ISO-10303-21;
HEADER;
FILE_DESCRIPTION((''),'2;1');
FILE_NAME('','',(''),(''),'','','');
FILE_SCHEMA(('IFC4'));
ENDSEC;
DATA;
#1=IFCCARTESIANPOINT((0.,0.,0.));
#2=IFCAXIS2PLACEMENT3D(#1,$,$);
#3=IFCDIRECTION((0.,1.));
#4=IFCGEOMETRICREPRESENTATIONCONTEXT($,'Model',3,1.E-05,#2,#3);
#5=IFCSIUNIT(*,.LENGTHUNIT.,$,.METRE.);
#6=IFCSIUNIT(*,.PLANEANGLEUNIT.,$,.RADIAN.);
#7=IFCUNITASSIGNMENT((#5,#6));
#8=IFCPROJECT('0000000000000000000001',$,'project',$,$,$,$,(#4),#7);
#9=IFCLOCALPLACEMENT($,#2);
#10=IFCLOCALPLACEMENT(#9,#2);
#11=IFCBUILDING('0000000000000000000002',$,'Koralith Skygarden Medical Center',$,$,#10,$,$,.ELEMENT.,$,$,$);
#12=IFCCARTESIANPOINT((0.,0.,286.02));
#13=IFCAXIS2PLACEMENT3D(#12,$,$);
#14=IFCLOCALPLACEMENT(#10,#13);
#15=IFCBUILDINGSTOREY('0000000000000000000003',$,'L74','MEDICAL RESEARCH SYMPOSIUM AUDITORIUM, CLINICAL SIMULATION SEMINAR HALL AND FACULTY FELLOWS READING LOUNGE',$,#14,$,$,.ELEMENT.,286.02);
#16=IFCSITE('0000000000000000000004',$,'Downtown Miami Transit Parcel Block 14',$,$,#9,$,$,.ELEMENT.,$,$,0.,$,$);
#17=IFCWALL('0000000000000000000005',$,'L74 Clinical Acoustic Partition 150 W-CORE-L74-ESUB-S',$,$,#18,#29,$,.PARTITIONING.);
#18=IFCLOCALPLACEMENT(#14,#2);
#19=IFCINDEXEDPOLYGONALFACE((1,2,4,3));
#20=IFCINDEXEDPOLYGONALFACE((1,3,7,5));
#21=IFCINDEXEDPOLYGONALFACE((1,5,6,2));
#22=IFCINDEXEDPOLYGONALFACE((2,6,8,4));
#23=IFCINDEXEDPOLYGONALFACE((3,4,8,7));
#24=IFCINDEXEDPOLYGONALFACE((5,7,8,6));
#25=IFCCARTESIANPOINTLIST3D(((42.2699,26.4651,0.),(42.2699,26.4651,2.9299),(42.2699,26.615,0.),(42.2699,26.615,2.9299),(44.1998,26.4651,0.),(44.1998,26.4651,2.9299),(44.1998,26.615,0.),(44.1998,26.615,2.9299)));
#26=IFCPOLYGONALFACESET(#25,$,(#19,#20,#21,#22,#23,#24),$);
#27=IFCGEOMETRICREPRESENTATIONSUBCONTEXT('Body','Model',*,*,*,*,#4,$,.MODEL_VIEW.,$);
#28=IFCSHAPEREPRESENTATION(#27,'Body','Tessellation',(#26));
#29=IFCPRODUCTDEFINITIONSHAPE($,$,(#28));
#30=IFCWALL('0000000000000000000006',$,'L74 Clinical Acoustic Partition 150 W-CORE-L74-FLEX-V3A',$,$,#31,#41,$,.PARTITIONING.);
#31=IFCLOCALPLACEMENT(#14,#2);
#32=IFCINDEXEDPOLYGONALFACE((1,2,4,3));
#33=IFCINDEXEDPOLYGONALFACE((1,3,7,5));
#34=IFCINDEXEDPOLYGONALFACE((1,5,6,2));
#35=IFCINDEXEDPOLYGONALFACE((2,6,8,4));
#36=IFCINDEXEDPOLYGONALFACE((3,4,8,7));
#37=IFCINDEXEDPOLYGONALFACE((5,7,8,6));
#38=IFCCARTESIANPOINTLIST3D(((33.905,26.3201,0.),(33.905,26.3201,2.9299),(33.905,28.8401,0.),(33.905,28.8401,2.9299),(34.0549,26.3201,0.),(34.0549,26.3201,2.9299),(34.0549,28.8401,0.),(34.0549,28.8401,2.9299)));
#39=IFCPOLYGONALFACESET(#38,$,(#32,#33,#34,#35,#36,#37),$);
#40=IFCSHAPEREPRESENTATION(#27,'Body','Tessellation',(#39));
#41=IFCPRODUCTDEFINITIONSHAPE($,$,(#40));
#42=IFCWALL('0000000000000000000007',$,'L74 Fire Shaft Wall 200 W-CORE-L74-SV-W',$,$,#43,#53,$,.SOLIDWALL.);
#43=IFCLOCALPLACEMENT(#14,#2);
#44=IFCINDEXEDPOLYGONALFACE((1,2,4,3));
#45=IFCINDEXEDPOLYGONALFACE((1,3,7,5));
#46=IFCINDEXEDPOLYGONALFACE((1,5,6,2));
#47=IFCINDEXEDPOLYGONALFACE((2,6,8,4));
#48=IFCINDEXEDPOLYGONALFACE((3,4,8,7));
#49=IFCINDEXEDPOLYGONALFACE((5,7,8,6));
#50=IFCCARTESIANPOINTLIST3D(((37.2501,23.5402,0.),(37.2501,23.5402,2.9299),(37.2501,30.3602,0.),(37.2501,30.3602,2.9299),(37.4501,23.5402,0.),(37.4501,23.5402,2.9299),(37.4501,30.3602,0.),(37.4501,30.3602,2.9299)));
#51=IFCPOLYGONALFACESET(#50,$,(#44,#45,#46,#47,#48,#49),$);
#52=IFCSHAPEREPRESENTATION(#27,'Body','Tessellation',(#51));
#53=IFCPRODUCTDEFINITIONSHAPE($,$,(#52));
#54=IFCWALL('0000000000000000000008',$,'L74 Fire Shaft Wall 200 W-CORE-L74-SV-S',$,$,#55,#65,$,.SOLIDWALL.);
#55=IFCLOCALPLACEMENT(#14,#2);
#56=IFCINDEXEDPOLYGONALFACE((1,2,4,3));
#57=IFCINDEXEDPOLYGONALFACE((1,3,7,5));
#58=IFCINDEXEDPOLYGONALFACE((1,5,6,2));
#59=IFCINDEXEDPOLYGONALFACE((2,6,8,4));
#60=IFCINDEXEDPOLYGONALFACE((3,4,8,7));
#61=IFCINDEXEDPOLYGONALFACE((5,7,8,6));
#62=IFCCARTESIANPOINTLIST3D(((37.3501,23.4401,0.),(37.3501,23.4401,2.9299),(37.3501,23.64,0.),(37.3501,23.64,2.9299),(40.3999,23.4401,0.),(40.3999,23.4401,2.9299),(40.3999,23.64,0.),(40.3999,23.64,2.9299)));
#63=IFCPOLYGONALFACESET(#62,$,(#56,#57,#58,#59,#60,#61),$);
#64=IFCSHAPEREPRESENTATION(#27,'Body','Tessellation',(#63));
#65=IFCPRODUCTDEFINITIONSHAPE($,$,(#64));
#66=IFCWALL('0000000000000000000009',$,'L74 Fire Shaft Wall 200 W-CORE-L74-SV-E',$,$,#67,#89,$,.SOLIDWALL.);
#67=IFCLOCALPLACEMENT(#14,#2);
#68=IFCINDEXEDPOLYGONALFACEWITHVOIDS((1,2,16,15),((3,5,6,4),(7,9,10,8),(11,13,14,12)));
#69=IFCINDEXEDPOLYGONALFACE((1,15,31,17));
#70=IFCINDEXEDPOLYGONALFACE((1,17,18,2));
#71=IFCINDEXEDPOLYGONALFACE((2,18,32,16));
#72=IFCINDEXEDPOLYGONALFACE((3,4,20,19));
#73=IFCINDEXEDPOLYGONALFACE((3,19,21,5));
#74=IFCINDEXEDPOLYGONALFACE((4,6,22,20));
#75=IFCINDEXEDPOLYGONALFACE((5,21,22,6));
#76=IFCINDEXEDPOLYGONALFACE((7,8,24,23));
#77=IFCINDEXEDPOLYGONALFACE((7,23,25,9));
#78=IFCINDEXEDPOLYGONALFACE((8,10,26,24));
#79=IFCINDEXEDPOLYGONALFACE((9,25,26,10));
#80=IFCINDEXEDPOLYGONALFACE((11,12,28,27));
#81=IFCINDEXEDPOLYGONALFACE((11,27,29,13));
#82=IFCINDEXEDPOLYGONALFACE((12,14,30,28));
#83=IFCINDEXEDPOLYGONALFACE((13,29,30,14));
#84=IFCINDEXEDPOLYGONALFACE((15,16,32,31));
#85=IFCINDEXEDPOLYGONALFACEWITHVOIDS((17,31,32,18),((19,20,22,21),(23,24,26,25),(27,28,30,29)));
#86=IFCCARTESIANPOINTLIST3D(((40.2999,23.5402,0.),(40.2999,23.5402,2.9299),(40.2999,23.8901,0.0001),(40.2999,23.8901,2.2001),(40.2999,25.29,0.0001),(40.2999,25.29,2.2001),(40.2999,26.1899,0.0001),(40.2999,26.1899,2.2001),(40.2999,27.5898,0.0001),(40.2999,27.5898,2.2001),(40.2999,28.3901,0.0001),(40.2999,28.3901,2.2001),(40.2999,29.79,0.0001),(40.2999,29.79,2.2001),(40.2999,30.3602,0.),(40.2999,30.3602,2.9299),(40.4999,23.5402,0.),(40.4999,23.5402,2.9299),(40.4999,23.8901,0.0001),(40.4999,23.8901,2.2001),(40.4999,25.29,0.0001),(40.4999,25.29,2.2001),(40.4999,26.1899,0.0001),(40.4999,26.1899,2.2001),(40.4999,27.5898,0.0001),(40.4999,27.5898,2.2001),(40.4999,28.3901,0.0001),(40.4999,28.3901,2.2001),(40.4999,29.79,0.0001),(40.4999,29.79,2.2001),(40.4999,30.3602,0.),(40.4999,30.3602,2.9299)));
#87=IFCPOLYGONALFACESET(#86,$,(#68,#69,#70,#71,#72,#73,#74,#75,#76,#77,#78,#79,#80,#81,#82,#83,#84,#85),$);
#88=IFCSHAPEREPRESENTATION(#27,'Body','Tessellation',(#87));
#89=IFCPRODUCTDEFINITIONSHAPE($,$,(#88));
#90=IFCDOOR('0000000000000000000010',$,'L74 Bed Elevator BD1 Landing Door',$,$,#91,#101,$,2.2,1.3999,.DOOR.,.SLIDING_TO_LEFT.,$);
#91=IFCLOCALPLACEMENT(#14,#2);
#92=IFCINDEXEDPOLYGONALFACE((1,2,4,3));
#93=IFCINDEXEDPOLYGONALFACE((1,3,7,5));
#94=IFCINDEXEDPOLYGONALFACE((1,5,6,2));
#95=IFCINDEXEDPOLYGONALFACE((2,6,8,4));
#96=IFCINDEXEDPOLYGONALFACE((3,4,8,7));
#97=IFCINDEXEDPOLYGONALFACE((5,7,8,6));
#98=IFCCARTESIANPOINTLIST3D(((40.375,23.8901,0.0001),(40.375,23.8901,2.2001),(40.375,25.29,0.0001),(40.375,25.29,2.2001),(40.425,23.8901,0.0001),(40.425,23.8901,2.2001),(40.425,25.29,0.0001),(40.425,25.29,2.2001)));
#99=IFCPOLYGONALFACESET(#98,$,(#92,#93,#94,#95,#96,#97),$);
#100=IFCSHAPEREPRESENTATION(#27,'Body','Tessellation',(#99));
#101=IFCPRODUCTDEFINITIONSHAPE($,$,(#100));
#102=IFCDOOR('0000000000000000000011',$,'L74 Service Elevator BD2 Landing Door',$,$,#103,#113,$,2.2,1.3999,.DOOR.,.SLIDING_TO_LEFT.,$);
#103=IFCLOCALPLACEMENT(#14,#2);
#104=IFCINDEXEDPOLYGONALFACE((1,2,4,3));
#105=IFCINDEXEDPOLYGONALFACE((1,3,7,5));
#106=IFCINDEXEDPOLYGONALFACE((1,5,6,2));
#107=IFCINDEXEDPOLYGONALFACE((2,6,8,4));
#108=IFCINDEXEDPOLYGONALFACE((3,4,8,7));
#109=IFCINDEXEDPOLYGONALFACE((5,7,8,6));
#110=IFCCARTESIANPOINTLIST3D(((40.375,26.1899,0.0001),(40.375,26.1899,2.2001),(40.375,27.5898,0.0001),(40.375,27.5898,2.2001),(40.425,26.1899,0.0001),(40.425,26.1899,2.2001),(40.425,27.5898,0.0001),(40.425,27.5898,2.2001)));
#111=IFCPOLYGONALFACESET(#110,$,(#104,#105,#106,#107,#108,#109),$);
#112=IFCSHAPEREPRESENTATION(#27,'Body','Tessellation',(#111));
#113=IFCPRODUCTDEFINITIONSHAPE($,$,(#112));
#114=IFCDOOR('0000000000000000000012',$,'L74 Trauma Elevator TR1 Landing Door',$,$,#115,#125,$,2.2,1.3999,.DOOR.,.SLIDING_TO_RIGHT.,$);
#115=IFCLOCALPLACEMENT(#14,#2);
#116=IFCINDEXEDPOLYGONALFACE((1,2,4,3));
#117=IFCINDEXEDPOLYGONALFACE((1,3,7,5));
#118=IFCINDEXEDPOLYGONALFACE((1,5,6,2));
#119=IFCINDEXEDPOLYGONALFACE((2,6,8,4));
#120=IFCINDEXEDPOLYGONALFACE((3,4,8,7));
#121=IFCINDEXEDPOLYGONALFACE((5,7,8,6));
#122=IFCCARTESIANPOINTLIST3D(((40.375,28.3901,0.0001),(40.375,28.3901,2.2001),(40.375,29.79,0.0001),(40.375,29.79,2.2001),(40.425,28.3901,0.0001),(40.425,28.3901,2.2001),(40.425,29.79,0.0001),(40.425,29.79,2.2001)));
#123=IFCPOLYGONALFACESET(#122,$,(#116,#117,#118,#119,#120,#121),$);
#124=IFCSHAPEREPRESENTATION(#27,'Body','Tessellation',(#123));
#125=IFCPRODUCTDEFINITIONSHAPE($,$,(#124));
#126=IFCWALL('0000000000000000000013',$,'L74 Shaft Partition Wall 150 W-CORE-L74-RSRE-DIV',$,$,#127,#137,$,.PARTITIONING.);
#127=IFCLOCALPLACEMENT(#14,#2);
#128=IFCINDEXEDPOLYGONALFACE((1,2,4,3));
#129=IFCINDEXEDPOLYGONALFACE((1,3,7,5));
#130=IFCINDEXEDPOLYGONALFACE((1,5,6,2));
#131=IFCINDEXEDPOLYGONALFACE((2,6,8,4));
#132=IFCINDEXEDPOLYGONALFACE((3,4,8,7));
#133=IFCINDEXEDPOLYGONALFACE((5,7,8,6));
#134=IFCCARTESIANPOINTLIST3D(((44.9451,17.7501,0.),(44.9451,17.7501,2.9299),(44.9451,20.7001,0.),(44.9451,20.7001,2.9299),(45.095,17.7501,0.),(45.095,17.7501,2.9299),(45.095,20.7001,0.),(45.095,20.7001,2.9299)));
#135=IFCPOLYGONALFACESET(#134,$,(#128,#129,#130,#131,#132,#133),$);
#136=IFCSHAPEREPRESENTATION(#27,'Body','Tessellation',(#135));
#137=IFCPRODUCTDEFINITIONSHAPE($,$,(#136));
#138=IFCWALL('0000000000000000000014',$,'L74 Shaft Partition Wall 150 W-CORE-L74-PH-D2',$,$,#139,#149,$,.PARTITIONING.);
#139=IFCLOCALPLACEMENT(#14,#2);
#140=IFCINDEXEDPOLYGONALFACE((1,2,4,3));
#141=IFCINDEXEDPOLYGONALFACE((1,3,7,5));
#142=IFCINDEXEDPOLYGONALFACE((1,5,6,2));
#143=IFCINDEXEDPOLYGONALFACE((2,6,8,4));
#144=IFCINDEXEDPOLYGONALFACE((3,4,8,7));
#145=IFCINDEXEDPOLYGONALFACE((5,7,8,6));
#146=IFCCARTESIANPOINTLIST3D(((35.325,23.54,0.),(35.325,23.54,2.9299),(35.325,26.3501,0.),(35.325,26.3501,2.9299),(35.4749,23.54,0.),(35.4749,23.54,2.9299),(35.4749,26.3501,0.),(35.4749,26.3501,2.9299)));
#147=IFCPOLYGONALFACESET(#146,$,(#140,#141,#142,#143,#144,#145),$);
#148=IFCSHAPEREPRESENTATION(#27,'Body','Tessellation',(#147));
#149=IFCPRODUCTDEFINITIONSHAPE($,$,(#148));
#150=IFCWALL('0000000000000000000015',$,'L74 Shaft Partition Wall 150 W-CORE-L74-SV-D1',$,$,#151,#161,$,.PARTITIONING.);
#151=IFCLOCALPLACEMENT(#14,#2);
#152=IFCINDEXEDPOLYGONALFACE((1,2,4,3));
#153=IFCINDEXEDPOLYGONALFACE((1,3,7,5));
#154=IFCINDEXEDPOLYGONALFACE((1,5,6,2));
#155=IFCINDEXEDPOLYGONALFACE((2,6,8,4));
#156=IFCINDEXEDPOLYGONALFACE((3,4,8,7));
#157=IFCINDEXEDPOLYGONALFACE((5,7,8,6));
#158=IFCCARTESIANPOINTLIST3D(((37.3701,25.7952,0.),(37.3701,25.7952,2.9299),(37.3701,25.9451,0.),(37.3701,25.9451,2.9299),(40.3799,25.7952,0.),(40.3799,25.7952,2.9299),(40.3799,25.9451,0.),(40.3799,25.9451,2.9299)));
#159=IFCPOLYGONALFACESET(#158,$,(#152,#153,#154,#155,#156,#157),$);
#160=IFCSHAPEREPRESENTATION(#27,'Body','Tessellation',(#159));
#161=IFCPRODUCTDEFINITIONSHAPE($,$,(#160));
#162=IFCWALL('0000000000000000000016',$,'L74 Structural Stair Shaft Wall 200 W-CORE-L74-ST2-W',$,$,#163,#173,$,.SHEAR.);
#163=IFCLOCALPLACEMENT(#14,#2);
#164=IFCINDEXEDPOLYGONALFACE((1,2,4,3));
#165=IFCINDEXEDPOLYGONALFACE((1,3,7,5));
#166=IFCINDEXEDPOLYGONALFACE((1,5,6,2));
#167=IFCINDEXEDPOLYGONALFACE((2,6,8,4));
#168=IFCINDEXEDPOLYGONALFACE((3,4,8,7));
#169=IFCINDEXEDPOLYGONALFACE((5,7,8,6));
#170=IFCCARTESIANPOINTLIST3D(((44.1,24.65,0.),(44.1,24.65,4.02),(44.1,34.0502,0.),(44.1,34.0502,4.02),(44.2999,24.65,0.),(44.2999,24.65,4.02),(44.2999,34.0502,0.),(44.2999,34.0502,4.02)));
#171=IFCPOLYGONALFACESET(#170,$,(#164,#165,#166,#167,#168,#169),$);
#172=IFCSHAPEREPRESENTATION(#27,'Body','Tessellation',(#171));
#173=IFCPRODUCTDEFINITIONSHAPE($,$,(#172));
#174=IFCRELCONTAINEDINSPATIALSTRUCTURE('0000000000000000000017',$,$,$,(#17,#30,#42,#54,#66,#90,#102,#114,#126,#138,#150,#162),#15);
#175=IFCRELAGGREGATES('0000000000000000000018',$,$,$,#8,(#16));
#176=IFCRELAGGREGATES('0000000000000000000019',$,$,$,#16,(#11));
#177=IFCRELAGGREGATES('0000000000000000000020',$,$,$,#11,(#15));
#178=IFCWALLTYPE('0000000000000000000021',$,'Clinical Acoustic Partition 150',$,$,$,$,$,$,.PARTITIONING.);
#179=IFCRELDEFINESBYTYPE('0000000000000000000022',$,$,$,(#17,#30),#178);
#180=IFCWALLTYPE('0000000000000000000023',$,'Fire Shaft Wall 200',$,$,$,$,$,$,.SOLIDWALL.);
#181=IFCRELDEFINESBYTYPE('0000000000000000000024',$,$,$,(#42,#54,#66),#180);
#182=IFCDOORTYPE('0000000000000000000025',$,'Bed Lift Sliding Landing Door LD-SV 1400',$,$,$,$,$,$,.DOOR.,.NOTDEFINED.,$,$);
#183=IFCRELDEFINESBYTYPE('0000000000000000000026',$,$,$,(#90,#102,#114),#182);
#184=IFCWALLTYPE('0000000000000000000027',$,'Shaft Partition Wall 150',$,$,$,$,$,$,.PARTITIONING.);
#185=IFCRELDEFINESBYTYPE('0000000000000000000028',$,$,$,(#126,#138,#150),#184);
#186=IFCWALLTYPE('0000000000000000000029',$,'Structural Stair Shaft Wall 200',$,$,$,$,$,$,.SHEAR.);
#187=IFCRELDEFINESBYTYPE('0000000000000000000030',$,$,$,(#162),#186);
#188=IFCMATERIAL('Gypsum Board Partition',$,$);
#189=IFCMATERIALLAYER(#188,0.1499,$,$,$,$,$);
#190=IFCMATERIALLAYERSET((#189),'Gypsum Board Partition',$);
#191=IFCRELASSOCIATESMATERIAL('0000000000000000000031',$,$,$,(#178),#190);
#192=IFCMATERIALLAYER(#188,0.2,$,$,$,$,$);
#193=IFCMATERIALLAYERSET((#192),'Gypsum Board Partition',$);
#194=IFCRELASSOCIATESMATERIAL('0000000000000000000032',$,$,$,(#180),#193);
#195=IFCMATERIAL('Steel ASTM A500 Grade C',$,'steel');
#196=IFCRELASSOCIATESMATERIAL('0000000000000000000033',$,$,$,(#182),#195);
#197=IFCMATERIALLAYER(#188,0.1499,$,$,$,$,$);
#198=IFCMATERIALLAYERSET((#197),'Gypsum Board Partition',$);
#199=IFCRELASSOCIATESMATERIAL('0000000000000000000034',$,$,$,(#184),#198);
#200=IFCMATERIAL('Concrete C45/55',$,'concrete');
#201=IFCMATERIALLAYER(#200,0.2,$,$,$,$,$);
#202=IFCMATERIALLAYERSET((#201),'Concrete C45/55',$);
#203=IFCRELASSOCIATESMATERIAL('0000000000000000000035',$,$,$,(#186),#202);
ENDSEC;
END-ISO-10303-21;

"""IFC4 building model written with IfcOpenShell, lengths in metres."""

from ifc_helpers import new_model, si_unit, direction, frame, frame_2d, origin, place, context, subcontext, project, spatial, rectangle, extrude, material, layer, layer_set, type_object, element, fill, save


model = new_model("IFC4")

# Units and contexts
model_context = context("Model", 3, precision=1e-05, world=origin(), true_north=direction((0.0, 1.0)))
body_context = subcontext(model_context, "Body", "Model", "MODEL_VIEW")
ifc_project = project(units=[si_unit("LENGTHUNIT", "METRE"), si_unit("PLANEANGLEUNIT", "RADIAN")], contexts=[model_context])

# Site, building, storey
site_placement = place(None, origin())
site = spatial("IfcSite", under=ifc_project, at=site_placement, Name="Downtown Miami Transit Parcel Block 14", CompositionType="ELEMENT", RefElevation=0.0)
building_placement = place(site_placement, origin())
building = spatial("IfcBuilding", under=site, at=building_placement, Name="Koralith Skygarden Medical Center", CompositionType="ELEMENT")
storey_placement = place(building_placement, frame((0.0, 0.0, 286.02)))
storey = spatial("IfcBuildingStorey", under=building, at=storey_placement, Name="L74", Description="MEDICAL RESEARCH SYMPOSIUM AUDITORIUM, CLINICAL SIMULATION SEMINAR HALL AND FACULTY FELLOWS READING LOUNGE", CompositionType="ELEMENT", Elevation=286.02)

# Shared definitions
ifc_material_1 = material(Name="Gypsum Board Partition")
ifc_layer_1 = layer(ifc_material_1, 0.1499)
ifc_layer_set_1 = layer_set([ifc_layer_1], Name="Gypsum Board Partition")
wall_type_1 = type_object("IfcWallType", Name="Clinical Acoustic Partition 150", PredefinedType="PARTITIONING", material=ifc_layer_set_1)

# Walls
wall_1_placement = place(storey_placement, frame((42.27, 26.54, 0.0), z_axis=(0.0, 0.0, 1.0), x_axis=(1.0, 0.0, 0.0)))
element("IfcWall", 1, at=wall_1_placement, inside=storey, type_object=wall_type_1, Name="L74 Clinical Acoustic Partition 150 W-CORE-L74-ESUB-S", PredefinedType="PARTITIONING", context=body_context, shape_type="SweptSolid", body=[
    extrude(rectangle(XDim=1.9299, YDim=0.1499, at=frame_2d((0.9648, 0.0))), origin(), (0.0, 0.0, 1.0), 2.9299),
])
wall_2_placement = place(storey_placement, frame((33.98, 26.3201, 0.0), z_axis=(0.0, 0.0, 1.0), x_axis=(0.0, 1.0, 0.0)))
element("IfcWall", 2, at=wall_2_placement, inside=storey, type_object=wall_type_1, Name="L74 Clinical Acoustic Partition 150 W-CORE-L74-FLEX-V3A", PredefinedType="PARTITIONING", context=body_context, shape_type="SweptSolid", body=[
    extrude(rectangle(XDim=2.52, YDim=0.1499, at=frame_2d((1.26, 0.0))), origin(), (0.0, 0.0, 1.0), 2.9299),
])

# Shared definitions
ifc_layer_2 = layer(ifc_material_1, 0.2)
ifc_layer_set_2 = layer_set([ifc_layer_2], Name="Gypsum Board Partition")
wall_type_2 = type_object("IfcWallType", Name="Fire Shaft Wall 200", PredefinedType="SOLIDWALL", material=ifc_layer_set_2)
ifc_material_2 = material(Name="Steel ASTM A500 Grade C", Category="steel")

# Walls
wall_3_placement = place(storey_placement, frame((37.3501, 23.54, 0.0), z_axis=(0.0, 0.0, 1.0), x_axis=(0.0, 1.0, 0.0)))
element("IfcWall", 3, at=wall_3_placement, inside=storey, type_object=wall_type_2, Name="L74 Fire Shaft Wall 200 W-CORE-L74-SV-W", PredefinedType="SOLIDWALL", context=body_context, shape_type="SweptSolid", body=[
    extrude(rectangle(XDim=6.8201, YDim=0.2, at=frame_2d((3.4102, 0.0))), origin(), (0.0, 0.0, 1.0), 2.9299),
])
wall_4_placement = place(storey_placement, frame((37.3501, 23.54, 0.0), z_axis=(0.0, 0.0, 1.0), x_axis=(1.0, 0.0, 0.0)))
element("IfcWall", 4, at=wall_4_placement, inside=storey, type_object=wall_type_2, Name="L74 Fire Shaft Wall 200 W-CORE-L74-SV-S", PredefinedType="SOLIDWALL", context=body_context, shape_type="SweptSolid", body=[
    extrude(rectangle(XDim=3.0498, YDim=0.2, at=frame_2d((1.5249, 0.0))), origin(), (0.0, 0.0, 1.0), 2.9299),
])

# Wall, openings, doors
wall_5_placement = place(storey_placement, frame((40.3999, 23.54, 0.0), z_axis=(0.0, 0.0, 1.0), x_axis=(0.0, 1.0, 0.0)))
wall_5 = element("IfcWall", 5, at=wall_5_placement, inside=storey, type_object=wall_type_2, Name="L74 Fire Shaft Wall 200 W-CORE-L74-SV-E", PredefinedType="SOLIDWALL", context=body_context, shape_type="SweptSolid", body=[
    extrude(rectangle(XDim=6.8201, YDim=0.2, at=frame_2d((3.4102, 0.0))), origin(), (0.0, 0.0, 1.0), 2.9299),
])
opening_1_placement = place(wall_5_placement, frame((0.3501, 0.0, 0.0)))
opening_1 = element("IfcOpeningElement", 6, at=opening_1_placement, cuts=wall_5, PredefinedType="OPENING", context=body_context, shape_type="SweptSolid", body=[
    extrude(rectangle(XDim=1.3999, YDim=2.2, at=frame_2d((0.7, 1.1001))), frame((0.0, 0.1099, 0.0), z_axis=(0.0, -1.0, 0.0), x_axis=(1.0, 0.0, 0.0)), (0.0, 0.0, 1.0), 0.22),
])
opening_2_placement = place(wall_5_placement, frame((2.6499, 0.0, 0.0)))
opening_2 = element("IfcOpeningElement", 7, at=opening_2_placement, cuts=wall_5, PredefinedType="OPENING", context=body_context, shape_type="SweptSolid", body=[
    extrude(rectangle(XDim=1.3999, YDim=2.2, at=frame_2d((0.7, 1.1001))), frame((0.0, 0.1099, 0.0), z_axis=(0.0, -1.0, 0.0), x_axis=(1.0, 0.0, 0.0)), (0.0, 0.0, 1.0), 0.22),
])
opening_3_placement = place(wall_5_placement, frame((4.8501, 0.0, 0.0)))
opening_3 = element("IfcOpeningElement", 8, at=opening_3_placement, cuts=wall_5, PredefinedType="OPENING", context=body_context, shape_type="SweptSolid", body=[
    extrude(rectangle(XDim=1.3999, YDim=2.2, at=frame_2d((0.7, 1.1001))), frame((0.0, 0.1099, 0.0), z_axis=(0.0, -1.0, 0.0), x_axis=(1.0, 0.0, 0.0)), (0.0, 0.0, 1.0), 0.22),
])
door_type_1 = type_object("IfcDoorType", Name="Bed Lift Sliding Landing Door LD-SV 1400", OperationType="NOTDEFINED", PredefinedType="DOOR", material=ifc_material_2)
door_1_placement = place(opening_1_placement, origin())
door_1 = element("IfcDoor", 9, at=door_1_placement, inside=storey, type_object=door_type_1, Name="L74 Bed Elevator BD1 Landing Door", OperationType="SLIDING_TO_LEFT", OverallHeight=2.2, OverallWidth=1.3999, PredefinedType="DOOR", context=body_context, shape_type="SweptSolid", body=[
    extrude(rectangle(XDim=1.3999, YDim=2.2, at=frame_2d((0.7, 1.1001))), frame((0.0, 0.0249, 0.0), z_axis=(0.0, -1.0, 0.0), x_axis=(1.0, 0.0, 0.0)), (0.0, 0.0, 1.0), 0.05),
])
fill(opening_1, door_1)
door_2_placement = place(opening_2_placement, origin())
door_2 = element("IfcDoor", 10, at=door_2_placement, inside=storey, type_object=door_type_1, Name="L74 Service Elevator BD2 Landing Door", OperationType="SLIDING_TO_LEFT", OverallHeight=2.2, OverallWidth=1.3999, PredefinedType="DOOR", context=body_context, shape_type="SweptSolid", body=[
    extrude(rectangle(XDim=1.3999, YDim=2.2, at=frame_2d((0.7, 1.1001))), frame((0.0, 0.0249, 0.0), z_axis=(0.0, -1.0, 0.0), x_axis=(1.0, 0.0, 0.0)), (0.0, 0.0, 1.0), 0.05),
])
fill(opening_2, door_2)
door_3_placement = place(opening_3_placement, origin())
door_3 = element("IfcDoor", 11, at=door_3_placement, inside=storey, type_object=door_type_1, Name="L74 Trauma Elevator TR1 Landing Door", OperationType="SLIDING_TO_RIGHT", OverallHeight=2.2, OverallWidth=1.3999, PredefinedType="DOOR", context=body_context, shape_type="SweptSolid", body=[
    extrude(rectangle(XDim=1.3999, YDim=2.2, at=frame_2d((0.7, 1.1001))), frame((0.0, 0.0249, 0.0), z_axis=(0.0, -1.0, 0.0), x_axis=(1.0, 0.0, 0.0)), (0.0, 0.0, 1.0), 0.05),
])
fill(opening_3, door_3)

# Walls
ifc_layer_3 = layer(ifc_material_1, 0.1499)
ifc_layer_set_3 = layer_set([ifc_layer_3], Name="Gypsum Board Partition")
wall_type_3 = type_object("IfcWallType", Name="Shaft Partition Wall 150", PredefinedType="PARTITIONING", material=ifc_layer_set_3)
wall_6_placement = place(storey_placement, frame((45.02, 17.75, 0.0), z_axis=(0.0, 0.0, 1.0), x_axis=(0.0, 1.0, 0.0)))
element("IfcWall", 12, at=wall_6_placement, inside=storey, type_object=wall_type_3, Name="L74 Shaft Partition Wall 150 W-CORE-L74-RSRE-DIV", PredefinedType="PARTITIONING", context=body_context, shape_type="SweptSolid", body=[
    extrude(rectangle(XDim=2.95, YDim=0.1499, at=frame_2d((1.4751, 0.0))), origin(), (0.0, 0.0, 1.0), 2.9299),
])
wall_7_placement = place(storey_placement, frame((35.3999, 23.54, 0.0), z_axis=(0.0, 0.0, 1.0), x_axis=(0.0, 1.0, 0.0)))
element("IfcWall", 13, at=wall_7_placement, inside=storey, type_object=wall_type_3, Name="L74 Shaft Partition Wall 150 W-CORE-L74-PH-D2", PredefinedType="PARTITIONING", context=body_context, shape_type="SweptSolid", body=[
    extrude(rectangle(XDim=2.8101, YDim=0.1499, at=frame_2d((1.405, 0.0))), origin(), (0.0, 0.0, 1.0), 2.9299),
])
wall_8_placement = place(storey_placement, frame((37.3701, 25.8701, 0.0), z_axis=(0.0, 0.0, 1.0), x_axis=(1.0, 0.0, 0.0)))
element("IfcWall", 14, at=wall_8_placement, inside=storey, type_object=wall_type_3, Name="L74 Shaft Partition Wall 150 W-CORE-L74-SV-D1", PredefinedType="PARTITIONING", context=body_context, shape_type="SweptSolid", body=[
    extrude(rectangle(XDim=3.0098, YDim=0.1499, at=frame_2d((1.5049, 0.0))), origin(), (0.0, 0.0, 1.0), 2.9299),
])
ifc_material_3 = material(Name="Concrete C45/55", Category="concrete")
ifc_layer_4 = layer(ifc_material_3, 0.2)
ifc_layer_set_4 = layer_set([ifc_layer_4], Name="Concrete C45/55")
wall_type_4 = type_object("IfcWallType", Name="Structural Stair Shaft Wall 200", PredefinedType="SHEAR", material=ifc_layer_set_4)
wall_9_placement = place(storey_placement, frame((44.2, 24.6499, 0.0), z_axis=(0.0, 0.0, 1.0), x_axis=(0.0, 1.0, 0.0)))
element("IfcWall", 15, at=wall_9_placement, inside=storey, type_object=wall_type_4, Name="L74 Structural Stair Shaft Wall 200 W-CORE-L74-ST2-W", PredefinedType="SHEAR", context=body_context, shape_type="SweptSolid", body=[
    extrude(rectangle(XDim=9.4001, YDim=0.2, at=frame_2d((4.7002, 0.0))), origin(), (0.0, 0.0, 1.0), 4.02),
])

save(model, "model.ifc")
